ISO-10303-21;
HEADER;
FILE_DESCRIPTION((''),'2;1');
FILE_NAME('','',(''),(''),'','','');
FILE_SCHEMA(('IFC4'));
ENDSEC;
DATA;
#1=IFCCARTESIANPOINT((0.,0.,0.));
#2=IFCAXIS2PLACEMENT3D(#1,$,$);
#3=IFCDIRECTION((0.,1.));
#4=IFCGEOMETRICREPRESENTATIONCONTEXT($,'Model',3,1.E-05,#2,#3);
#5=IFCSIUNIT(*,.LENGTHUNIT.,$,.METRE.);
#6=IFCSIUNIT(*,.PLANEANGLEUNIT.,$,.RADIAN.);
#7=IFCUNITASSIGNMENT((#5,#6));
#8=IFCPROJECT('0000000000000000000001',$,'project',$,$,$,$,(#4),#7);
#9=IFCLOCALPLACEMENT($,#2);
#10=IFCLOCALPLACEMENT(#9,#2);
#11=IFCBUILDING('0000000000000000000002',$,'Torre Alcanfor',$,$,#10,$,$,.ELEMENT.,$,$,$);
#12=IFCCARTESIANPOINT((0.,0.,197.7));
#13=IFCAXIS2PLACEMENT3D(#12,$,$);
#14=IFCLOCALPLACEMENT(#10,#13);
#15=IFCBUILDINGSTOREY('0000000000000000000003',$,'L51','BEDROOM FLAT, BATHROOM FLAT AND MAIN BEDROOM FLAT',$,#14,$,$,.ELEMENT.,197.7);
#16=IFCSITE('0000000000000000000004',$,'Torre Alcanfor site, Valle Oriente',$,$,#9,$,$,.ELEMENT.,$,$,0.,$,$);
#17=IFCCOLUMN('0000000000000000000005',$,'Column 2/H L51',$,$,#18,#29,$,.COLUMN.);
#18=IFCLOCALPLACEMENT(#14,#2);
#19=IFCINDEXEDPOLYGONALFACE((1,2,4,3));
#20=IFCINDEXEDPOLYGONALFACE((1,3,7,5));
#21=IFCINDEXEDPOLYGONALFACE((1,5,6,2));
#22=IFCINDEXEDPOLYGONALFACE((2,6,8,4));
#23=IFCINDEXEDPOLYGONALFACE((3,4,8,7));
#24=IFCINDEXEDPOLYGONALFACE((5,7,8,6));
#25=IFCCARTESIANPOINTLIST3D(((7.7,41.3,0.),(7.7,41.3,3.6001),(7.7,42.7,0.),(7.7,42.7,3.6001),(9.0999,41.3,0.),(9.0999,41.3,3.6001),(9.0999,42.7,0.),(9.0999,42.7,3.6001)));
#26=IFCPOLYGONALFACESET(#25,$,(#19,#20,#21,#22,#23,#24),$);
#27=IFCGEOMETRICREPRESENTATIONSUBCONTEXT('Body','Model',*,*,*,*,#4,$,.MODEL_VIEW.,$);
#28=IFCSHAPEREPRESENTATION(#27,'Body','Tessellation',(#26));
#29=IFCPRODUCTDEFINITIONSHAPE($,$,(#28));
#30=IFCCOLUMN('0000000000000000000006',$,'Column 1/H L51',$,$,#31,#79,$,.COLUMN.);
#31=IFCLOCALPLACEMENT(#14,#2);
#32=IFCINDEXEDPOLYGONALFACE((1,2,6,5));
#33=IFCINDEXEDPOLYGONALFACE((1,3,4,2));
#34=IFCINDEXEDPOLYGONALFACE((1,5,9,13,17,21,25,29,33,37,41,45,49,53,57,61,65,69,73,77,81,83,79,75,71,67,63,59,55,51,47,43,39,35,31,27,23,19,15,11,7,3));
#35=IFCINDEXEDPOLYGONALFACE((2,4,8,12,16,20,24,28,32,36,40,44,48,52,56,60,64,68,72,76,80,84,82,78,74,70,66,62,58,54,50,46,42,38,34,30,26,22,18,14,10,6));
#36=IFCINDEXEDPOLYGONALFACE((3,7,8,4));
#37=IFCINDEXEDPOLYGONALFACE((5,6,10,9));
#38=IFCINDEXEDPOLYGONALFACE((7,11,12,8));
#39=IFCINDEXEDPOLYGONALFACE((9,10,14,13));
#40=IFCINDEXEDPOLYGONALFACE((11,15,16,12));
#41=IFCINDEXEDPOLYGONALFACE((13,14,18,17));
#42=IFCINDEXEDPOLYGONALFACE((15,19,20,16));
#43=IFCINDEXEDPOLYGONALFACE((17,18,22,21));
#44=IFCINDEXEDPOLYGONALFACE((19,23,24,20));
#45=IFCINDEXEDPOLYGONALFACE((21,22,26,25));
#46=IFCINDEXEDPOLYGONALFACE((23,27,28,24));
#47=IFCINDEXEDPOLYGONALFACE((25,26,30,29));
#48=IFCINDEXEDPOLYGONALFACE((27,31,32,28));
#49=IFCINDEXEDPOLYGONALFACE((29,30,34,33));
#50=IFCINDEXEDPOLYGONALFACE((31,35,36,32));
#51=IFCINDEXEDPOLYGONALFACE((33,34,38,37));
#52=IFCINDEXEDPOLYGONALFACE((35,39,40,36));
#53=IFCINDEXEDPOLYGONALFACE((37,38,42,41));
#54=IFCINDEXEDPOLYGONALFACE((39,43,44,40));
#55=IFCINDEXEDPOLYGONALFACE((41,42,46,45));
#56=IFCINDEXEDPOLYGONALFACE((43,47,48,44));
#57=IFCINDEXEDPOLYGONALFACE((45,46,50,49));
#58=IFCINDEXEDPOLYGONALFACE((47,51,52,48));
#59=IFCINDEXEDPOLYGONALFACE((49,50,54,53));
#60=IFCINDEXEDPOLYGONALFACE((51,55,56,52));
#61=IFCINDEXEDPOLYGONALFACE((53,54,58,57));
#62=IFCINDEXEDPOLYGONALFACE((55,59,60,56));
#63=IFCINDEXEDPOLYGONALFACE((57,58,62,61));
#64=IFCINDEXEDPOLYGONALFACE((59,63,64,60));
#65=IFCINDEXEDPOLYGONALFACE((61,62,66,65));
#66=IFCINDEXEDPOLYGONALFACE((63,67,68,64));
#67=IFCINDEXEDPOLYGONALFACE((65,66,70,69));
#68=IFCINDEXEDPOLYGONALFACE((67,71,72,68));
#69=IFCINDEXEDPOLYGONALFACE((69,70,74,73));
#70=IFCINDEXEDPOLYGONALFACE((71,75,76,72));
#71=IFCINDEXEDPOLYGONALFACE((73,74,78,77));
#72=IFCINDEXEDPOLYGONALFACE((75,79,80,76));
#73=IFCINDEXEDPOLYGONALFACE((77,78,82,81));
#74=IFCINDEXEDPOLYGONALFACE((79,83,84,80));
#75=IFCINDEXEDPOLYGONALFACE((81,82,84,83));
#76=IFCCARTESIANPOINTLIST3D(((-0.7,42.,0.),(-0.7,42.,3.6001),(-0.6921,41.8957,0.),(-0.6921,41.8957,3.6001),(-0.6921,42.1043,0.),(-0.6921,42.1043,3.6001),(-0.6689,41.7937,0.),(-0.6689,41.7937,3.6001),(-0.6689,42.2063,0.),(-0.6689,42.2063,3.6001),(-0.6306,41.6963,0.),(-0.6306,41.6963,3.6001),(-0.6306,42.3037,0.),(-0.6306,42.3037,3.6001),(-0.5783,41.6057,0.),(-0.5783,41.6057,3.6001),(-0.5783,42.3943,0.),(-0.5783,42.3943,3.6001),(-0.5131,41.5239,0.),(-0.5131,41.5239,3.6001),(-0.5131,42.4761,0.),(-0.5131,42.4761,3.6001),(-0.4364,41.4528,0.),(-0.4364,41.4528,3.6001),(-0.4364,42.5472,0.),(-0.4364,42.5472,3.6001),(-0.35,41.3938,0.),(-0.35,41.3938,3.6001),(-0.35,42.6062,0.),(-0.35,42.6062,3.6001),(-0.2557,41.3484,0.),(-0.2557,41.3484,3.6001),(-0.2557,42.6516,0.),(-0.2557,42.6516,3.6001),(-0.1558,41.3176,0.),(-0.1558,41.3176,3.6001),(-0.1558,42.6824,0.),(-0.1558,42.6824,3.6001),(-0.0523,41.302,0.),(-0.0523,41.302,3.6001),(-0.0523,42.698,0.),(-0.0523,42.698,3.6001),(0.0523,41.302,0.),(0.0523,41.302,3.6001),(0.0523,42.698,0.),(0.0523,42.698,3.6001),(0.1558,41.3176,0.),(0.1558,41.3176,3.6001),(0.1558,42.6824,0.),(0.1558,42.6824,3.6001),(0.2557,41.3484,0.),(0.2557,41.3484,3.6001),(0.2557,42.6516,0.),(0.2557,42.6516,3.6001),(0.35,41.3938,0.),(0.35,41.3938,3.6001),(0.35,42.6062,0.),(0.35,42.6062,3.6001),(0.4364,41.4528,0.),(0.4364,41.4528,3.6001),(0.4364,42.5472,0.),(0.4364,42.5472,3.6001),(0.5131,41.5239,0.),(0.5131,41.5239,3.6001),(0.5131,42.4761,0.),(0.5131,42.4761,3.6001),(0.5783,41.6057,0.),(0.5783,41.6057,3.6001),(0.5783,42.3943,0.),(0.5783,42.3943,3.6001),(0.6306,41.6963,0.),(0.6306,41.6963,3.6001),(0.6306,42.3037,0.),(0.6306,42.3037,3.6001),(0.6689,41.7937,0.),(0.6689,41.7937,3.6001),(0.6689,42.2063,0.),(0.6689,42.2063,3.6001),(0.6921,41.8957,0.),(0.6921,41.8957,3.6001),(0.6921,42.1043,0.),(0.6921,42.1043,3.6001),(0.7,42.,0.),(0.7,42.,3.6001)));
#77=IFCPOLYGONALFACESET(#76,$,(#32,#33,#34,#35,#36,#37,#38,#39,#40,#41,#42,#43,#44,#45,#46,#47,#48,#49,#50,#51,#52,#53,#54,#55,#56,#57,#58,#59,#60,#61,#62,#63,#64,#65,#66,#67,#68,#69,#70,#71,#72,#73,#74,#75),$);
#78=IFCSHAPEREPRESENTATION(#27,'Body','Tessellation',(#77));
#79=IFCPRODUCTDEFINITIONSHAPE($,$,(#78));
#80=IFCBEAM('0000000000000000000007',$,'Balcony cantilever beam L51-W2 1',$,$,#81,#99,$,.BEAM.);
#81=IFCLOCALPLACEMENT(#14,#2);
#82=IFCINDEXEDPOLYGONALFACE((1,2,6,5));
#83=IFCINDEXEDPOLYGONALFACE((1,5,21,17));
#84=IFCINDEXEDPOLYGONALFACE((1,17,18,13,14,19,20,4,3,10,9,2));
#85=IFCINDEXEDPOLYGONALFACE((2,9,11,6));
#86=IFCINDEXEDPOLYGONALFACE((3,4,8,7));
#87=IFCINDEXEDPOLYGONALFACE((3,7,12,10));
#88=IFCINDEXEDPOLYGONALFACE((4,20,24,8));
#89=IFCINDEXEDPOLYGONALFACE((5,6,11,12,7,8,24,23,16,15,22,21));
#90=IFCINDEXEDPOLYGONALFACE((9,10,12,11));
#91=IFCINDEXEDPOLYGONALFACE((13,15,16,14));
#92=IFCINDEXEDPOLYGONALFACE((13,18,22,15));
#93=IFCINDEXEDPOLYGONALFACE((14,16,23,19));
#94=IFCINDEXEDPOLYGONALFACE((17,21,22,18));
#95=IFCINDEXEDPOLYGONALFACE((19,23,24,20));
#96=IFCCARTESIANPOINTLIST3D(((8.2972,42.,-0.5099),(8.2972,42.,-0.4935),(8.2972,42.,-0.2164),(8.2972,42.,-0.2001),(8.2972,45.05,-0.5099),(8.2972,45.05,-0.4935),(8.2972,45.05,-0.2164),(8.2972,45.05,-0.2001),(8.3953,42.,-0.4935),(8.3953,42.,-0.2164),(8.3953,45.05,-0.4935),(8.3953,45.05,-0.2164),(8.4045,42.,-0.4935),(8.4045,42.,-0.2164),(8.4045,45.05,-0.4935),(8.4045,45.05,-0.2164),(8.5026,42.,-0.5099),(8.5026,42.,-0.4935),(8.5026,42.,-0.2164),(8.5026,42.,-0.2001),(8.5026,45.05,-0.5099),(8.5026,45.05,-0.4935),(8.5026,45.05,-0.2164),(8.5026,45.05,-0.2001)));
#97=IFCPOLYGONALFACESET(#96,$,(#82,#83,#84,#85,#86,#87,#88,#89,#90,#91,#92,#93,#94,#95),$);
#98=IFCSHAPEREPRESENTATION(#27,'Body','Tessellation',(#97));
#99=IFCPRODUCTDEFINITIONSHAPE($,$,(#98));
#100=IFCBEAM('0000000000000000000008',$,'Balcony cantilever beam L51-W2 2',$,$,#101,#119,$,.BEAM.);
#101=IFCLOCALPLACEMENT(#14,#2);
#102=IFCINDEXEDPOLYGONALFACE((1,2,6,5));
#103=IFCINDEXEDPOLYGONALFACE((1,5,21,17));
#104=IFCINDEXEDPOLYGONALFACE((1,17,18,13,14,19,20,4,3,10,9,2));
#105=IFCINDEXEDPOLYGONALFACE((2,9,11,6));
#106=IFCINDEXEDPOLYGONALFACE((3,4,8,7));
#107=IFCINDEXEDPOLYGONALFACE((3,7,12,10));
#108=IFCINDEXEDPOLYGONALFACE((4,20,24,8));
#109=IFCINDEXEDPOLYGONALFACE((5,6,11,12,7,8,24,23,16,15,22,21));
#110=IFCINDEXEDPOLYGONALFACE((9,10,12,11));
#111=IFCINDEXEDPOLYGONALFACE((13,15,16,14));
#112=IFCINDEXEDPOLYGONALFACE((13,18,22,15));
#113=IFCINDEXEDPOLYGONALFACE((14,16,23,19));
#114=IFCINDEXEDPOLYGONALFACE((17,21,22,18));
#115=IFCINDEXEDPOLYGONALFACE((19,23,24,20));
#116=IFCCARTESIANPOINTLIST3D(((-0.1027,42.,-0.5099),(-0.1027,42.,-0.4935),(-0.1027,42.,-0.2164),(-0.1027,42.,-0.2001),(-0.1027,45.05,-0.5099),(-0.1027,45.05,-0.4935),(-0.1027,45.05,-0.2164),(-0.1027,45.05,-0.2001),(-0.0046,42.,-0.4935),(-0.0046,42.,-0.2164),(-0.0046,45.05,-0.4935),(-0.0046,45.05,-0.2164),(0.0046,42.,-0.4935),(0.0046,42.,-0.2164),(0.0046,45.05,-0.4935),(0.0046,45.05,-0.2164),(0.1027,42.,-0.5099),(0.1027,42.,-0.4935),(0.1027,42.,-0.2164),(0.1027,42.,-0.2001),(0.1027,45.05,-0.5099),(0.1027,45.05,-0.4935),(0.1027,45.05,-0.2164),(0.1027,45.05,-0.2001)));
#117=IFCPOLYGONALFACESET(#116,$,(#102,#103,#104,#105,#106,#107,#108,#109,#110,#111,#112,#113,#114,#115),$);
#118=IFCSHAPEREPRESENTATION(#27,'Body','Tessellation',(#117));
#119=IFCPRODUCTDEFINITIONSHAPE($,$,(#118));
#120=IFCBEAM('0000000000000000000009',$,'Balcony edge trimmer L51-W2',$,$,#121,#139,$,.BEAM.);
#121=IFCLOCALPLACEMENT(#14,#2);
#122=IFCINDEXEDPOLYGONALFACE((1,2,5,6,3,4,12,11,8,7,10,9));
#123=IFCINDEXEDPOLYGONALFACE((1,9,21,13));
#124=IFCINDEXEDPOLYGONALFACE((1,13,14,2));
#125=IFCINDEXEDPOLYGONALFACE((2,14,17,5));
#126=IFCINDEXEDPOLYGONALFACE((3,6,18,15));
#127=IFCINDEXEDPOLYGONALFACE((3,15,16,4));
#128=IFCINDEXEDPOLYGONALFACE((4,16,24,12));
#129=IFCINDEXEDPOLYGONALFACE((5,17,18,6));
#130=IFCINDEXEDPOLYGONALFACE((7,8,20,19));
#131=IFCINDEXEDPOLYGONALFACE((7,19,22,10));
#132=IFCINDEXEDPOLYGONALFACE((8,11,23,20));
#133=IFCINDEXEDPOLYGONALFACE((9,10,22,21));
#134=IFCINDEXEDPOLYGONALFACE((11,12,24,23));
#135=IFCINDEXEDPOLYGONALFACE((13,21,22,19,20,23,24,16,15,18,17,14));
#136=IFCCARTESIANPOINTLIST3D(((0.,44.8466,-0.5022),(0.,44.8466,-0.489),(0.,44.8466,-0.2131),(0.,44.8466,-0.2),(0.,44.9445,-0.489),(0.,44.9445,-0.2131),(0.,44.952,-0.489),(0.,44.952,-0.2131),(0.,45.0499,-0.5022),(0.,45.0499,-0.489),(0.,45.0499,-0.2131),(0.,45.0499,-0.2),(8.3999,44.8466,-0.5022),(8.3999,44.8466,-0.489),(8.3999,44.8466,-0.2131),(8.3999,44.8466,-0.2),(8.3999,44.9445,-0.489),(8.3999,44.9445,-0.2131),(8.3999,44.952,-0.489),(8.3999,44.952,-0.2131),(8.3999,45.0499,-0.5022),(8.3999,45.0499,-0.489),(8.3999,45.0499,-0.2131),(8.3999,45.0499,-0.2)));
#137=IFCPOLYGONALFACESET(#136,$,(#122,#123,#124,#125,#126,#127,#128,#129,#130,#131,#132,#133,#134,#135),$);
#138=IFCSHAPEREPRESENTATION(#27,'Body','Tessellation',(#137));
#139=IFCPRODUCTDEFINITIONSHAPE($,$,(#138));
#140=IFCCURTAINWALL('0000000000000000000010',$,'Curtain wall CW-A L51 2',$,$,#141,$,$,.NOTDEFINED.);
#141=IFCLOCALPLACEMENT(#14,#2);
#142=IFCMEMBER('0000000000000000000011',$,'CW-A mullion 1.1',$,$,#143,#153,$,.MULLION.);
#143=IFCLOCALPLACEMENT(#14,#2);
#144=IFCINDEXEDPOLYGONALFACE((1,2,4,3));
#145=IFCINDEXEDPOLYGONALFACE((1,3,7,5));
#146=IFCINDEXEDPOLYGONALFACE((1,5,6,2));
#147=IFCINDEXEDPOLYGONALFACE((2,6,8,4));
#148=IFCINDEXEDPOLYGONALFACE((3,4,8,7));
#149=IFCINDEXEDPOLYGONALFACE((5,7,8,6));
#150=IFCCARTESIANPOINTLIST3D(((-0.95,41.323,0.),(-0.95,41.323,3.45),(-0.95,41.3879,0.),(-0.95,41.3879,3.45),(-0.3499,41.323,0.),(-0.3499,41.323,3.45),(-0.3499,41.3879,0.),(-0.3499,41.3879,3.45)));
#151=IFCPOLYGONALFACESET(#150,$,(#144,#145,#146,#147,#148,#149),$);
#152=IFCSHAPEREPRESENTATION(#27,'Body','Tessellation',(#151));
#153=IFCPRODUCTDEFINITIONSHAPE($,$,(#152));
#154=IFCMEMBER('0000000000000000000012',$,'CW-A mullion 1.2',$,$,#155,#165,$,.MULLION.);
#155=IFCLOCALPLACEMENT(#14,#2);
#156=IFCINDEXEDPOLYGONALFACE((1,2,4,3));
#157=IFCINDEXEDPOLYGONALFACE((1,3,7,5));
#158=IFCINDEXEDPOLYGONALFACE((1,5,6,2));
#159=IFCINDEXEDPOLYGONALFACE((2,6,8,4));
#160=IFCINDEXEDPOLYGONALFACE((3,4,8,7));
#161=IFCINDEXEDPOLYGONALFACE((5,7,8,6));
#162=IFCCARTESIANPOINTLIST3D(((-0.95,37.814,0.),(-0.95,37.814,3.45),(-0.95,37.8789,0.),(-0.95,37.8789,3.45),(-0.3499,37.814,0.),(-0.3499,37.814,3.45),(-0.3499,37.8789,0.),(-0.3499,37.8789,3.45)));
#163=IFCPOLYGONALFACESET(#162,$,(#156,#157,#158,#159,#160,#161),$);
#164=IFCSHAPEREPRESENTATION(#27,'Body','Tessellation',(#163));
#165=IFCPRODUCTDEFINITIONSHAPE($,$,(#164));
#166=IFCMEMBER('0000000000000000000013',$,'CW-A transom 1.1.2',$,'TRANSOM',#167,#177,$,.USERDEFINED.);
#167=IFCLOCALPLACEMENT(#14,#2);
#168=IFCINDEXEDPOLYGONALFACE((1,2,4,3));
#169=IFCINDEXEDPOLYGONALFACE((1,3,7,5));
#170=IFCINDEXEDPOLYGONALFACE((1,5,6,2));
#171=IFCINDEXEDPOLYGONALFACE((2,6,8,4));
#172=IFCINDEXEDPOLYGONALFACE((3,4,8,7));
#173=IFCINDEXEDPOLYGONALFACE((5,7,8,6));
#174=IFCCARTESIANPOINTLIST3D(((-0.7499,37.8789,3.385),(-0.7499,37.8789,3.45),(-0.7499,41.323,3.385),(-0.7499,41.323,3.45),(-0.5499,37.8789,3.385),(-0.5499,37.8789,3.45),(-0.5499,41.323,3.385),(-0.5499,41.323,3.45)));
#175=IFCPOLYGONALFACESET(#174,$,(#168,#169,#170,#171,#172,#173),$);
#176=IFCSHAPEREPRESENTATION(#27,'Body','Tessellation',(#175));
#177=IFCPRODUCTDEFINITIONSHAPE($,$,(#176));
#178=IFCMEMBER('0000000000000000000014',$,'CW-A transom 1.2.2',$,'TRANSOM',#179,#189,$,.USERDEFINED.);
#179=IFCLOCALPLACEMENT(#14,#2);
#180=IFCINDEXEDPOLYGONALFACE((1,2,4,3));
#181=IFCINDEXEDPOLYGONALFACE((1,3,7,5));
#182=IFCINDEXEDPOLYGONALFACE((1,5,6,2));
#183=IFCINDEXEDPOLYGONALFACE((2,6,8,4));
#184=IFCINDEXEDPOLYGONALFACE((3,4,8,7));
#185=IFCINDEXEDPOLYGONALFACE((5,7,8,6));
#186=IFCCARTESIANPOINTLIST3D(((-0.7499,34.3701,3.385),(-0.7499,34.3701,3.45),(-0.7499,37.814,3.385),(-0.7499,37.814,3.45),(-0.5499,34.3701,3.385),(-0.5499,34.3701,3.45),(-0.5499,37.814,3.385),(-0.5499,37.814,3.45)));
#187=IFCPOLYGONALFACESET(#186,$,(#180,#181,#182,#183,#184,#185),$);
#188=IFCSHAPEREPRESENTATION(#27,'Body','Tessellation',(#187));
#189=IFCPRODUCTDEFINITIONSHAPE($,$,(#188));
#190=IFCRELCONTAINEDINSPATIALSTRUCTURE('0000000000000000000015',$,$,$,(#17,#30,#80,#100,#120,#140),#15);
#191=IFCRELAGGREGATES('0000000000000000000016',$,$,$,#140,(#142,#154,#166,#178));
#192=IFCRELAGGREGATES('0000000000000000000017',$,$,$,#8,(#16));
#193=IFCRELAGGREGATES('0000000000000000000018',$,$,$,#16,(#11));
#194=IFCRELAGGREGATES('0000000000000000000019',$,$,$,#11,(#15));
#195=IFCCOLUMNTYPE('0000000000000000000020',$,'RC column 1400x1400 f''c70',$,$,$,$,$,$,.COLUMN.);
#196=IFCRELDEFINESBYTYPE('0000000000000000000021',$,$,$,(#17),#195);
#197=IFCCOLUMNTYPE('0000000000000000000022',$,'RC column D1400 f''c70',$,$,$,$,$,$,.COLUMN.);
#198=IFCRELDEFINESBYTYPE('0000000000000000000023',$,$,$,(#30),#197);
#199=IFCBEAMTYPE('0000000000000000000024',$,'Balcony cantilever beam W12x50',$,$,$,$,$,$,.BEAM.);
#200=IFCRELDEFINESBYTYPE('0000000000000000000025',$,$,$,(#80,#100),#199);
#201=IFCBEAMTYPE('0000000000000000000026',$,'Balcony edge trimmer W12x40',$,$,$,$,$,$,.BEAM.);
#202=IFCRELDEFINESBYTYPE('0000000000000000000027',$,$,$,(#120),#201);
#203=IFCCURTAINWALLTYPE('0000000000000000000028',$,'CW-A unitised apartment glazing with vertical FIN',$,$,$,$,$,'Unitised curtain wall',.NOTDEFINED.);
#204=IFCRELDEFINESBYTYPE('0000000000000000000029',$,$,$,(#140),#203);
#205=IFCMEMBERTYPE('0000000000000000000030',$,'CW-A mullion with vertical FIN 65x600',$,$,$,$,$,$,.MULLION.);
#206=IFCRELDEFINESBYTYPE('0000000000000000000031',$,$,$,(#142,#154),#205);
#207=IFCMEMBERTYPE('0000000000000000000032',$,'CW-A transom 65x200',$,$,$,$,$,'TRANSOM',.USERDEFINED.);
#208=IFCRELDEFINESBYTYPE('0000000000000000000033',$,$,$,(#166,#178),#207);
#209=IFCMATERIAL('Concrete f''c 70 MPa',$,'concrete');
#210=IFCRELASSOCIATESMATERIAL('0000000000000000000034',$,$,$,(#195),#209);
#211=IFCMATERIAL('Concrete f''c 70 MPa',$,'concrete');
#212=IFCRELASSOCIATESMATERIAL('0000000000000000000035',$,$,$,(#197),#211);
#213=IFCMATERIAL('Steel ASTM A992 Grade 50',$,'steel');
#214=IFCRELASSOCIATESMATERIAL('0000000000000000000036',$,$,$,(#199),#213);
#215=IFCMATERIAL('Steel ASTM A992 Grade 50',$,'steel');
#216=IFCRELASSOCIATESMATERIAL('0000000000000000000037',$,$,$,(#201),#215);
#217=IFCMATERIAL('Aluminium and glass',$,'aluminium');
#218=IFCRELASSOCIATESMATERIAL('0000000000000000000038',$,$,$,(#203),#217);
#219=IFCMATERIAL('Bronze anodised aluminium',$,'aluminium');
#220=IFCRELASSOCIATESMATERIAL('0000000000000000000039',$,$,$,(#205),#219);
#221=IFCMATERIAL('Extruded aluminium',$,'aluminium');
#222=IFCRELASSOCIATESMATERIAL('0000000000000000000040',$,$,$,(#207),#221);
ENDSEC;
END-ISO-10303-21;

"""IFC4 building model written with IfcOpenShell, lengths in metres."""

from ifc_helpers import new_model, si_unit, direction, frame, origin, origin_2d, place, context, subcontext, project, spatial, rectangle, circle, i_section, extrude, material, material_profile, profile_set, type_object, element, aggregate, save


model = new_model("IFC4")

# Units and contexts
model_context = context("Model", 3, precision=1e-05, world=origin(), true_north=direction((0.0, 1.0)))
body_context = subcontext(model_context, "Body", "Model", "MODEL_VIEW")
ifc_project = project(units=[si_unit("LENGTHUNIT", "METRE"), si_unit("PLANEANGLEUNIT", "RADIAN")], contexts=[model_context])

# Site, building, storey
site_placement = place(None, origin())
site = spatial("IfcSite", under=ifc_project, at=site_placement, Name="Torre Alcanfor site, Valle Oriente", CompositionType="ELEMENT", RefElevation=0.0)
building_placement = place(site_placement, origin())
building = spatial("IfcBuilding", under=site, at=building_placement, Name="Torre Alcanfor", CompositionType="ELEMENT")
storey_placement = place(building_placement, frame((0.0, 0.0, 197.7)))
storey = spatial("IfcBuildingStorey", under=building, at=storey_placement, Name="L51", Description="BEDROOM FLAT, BATHROOM FLAT AND MAIN BEDROOM FLAT", CompositionType="ELEMENT", Elevation=197.7)

# Columns
ifc_material_1 = material(Name="Concrete f'c 70 MPa", Category="concrete")
ifc_material_profile_1 = material_profile(ifc_material_1, rectangle(XDim=1.3999, YDim=1.3999, at=origin_2d()), Name="1400x1400")
ifc_profile_set_1 = profile_set([ifc_material_profile_1], Name="Concrete f'c 70 MPa")
column_type_1 = type_object("IfcColumnType", Name="RC column 1400x1400 f'c70", PredefinedType="COLUMN", material=ifc_profile_set_1)
column_1_placement = place(storey_placement, frame((8.3999, 42.0, 0.0), z_axis=(0.0, 0.0, 1.0), x_axis=(1.0, 0.0, 0.0)))
element("IfcColumn", 1, at=column_1_placement, inside=storey, type_object=column_type_1, Name="Column 2/H L51", PredefinedType="COLUMN", context=body_context, shape_type="SweptSolid", body=[
    extrude(rectangle(XDim=1.3999, YDim=1.3999, at=origin_2d()), origin(), (0.0, 0.0, 1.0), 3.6001),
])
ifc_material_2 = material(Name="Concrete f'c 70 MPa", Category="concrete")
ifc_material_profile_2 = material_profile(ifc_material_2, circle(Radius=0.7, at=origin_2d()), Name="D1400")
ifc_profile_set_2 = profile_set([ifc_material_profile_2], Name="Concrete f'c 70 MPa")
column_type_2 = type_object("IfcColumnType", Name="RC column D1400 f'c70", PredefinedType="COLUMN", material=ifc_profile_set_2)
column_2_placement = place(storey_placement, frame((0.0, 42.0, 0.0), z_axis=(0.0, 0.0, 1.0), x_axis=(1.0, 0.0, 0.0)))
element("IfcColumn", 2, at=column_2_placement, inside=storey, type_object=column_type_2, Name="Column 1/H L51", PredefinedType="COLUMN", context=body_context, shape_type="SweptSolid", body=[
    extrude(circle(Radius=0.7, at=origin_2d()), origin(), (0.0, 0.0, 1.0), 3.6001),
])

# Beams
ifc_material_3 = material(Name="Steel ASTM A992 Grade 50", Category="steel")
ifc_material_profile_3 = material_profile(ifc_material_3, i_section(OverallWidth=0.2053, OverallDepth=0.3098, WebThickness=0.0093, FlangeThickness=0.0164, at=origin_2d()), Name="W12x50")
ifc_profile_set_3 = profile_set([ifc_material_profile_3], Name="Steel ASTM A992 Grade 50")
beam_type_1 = type_object("IfcBeamType", Name="Balcony cantilever beam W12x50", PredefinedType="BEAM", material=ifc_profile_set_3)
for number, where, z_axis, x_axis, name in (
    (3, (8.3999, 42.0, -0.355), (0.0, 1.0, 0.0), (-1.0, 0.0, 0.0), "Balcony cantilever beam L51-W2 1"),
    (4, (0.0, 42.0, -0.355), (0.0, 1.0, 0.0), (-1.0, 0.0, 0.0), "Balcony cantilever beam L51-W2 2"),
):
    element("IfcBeam", number, at=place(storey_placement, frame(where, z_axis=z_axis, x_axis=x_axis)), inside=storey, type_object=beam_type_1, Name=name, PredefinedType="BEAM", context=body_context, shape_type="SweptSolid", body=[
        extrude(i_section(OverallWidth=0.2053, OverallDepth=0.3098, WebThickness=0.0093, FlangeThickness=0.0164, at=origin_2d()), origin(), (0.0, 0.0, 1.0), 3.05),
    ])
ifc_material_4 = material(Name="Steel ASTM A992 Grade 50", Category="steel")
ifc_material_profile_4 = material_profile(ifc_material_4, i_section(OverallWidth=0.2034, OverallDepth=0.3022, WebThickness=0.0076, FlangeThickness=0.0132, at=origin_2d()), Name="W12x40")
ifc_profile_set_4 = profile_set([ifc_material_profile_4], Name="Steel ASTM A992 Grade 50")
beam_type_2 = type_object("IfcBeamType", Name="Balcony edge trimmer W12x40", PredefinedType="BEAM", material=ifc_profile_set_4)
beam_1_placement = place(storey_placement, frame((8.3999, 44.9482, -0.3511), z_axis=(-1.0, 0.0, 0.0), x_axis=(0.0, -1.0, 0.0)))
element("IfcBeam", 5, at=beam_1_placement, inside=storey, type_object=beam_type_2, Name="Balcony edge trimmer L51-W2", PredefinedType="BEAM", context=body_context, shape_type="SweptSolid", body=[
    extrude(i_section(OverallWidth=0.2034, OverallDepth=0.3022, WebThickness=0.0076, FlangeThickness=0.0132, at=origin_2d()), origin(), (0.0, 0.0, 1.0), 8.3999),
])

# Curtain wall, members
ifc_material_5 = material(Name="Aluminium and glass", Category="aluminium")
curtain_wall_type = type_object("IfcCurtainWallType", Name="CW-A unitised apartment glazing with vertical FIN", ElementType="Unitised curtain wall", PredefinedType="NOTDEFINED", material=ifc_material_5)
curtain_wall_placement = place(storey_placement, origin())
curtain_wall = element("IfcCurtainWall", 6, at=curtain_wall_placement, inside=storey, type_object=curtain_wall_type, Name="Curtain wall CW-A L51 2", PredefinedType="NOTDEFINED")
ifc_material_6 = material(Name="Bronze anodised aluminium", Category="aluminium")
ifc_material_profile_5 = material_profile(ifc_material_6, rectangle(XDim=0.6001, YDim=0.0649, at=origin_2d()), Name="CW-A mullion 65x600")
ifc_profile_set_5 = profile_set([ifc_material_profile_5], Name="Bronze anodised aluminium")
member_type_1 = type_object("IfcMemberType", Name="CW-A mullion with vertical FIN 65x600", PredefinedType="MULLION", material=ifc_profile_set_5)
member_1_placement = place(storey_placement, frame((-0.6499, 41.3555, 0.0), z_axis=(0.0, 0.0, 1.0), x_axis=(1.0, 0.0, 0.0)))
member_1 = element("IfcMember", 7, at=member_1_placement, type_object=member_type_1, Name="CW-A mullion 1.1", PredefinedType="MULLION", context=body_context, shape_type="SweptSolid", body=[
    extrude(rectangle(XDim=0.6001, YDim=0.0649, at=origin_2d()), origin(), (0.0, 0.0, 1.0), 3.45),
])
member_2_placement = place(storey_placement, frame((-0.6499, 37.8464, 0.0), z_axis=(0.0, 0.0, 1.0), x_axis=(1.0, 0.0, 0.0)))
member_2 = element("IfcMember", 8, at=member_2_placement, type_object=member_type_1, Name="CW-A mullion 1.2", PredefinedType="MULLION", context=body_context, shape_type="SweptSolid", body=[
    extrude(rectangle(XDim=0.6001, YDim=0.0649, at=origin_2d()), origin(), (0.0, 0.0, 1.0), 3.45),
])
ifc_material_7 = material(Name="Extruded aluminium", Category="aluminium")
ifc_material_profile_6 = material_profile(ifc_material_7, rectangle(XDim=0.2, YDim=0.0649, at=origin_2d()), Name="CW-A transom 200x65")
ifc_profile_set_6 = profile_set([ifc_material_profile_6], Name="Extruded aluminium")
member_type_2 = type_object("IfcMemberType", Name="CW-A transom 65x200", ElementType="TRANSOM", PredefinedType="USERDEFINED", material=ifc_profile_set_6)
member_3_placement = place(storey_placement, frame((-0.6499, 41.323, 3.4175), z_axis=(0.0, -1.0, 0.0), x_axis=(1.0, 0.0, 0.0)))
member_3 = element("IfcMember", 9, at=member_3_placement, type_object=member_type_2, Name="CW-A transom 1.1.2", ObjectType="TRANSOM", PredefinedType="USERDEFINED", context=body_context, shape_type="SweptSolid", body=[
    extrude(rectangle(XDim=0.2, YDim=0.0649, at=origin_2d()), origin(), (0.0, 0.0, 1.0), 3.4441),
])
member_4_placement = place(storey_placement, frame((-0.6499, 37.814, 3.4175), z_axis=(0.0, -1.0, 0.0), x_axis=(1.0, 0.0, 0.0)))
member_4 = element("IfcMember", 10, at=member_4_placement, type_object=member_type_2, Name="CW-A transom 1.2.2", ObjectType="TRANSOM", PredefinedType="USERDEFINED", context=body_context, shape_type="SweptSolid", body=[
    extrude(rectangle(XDim=0.2, YDim=0.0649, at=origin_2d()), origin(), (0.0, 0.0, 1.0), 3.4438),
])

aggregate(curtain_wall, [member_1, member_2, member_3, member_4])

save(model, "model.ifc")
